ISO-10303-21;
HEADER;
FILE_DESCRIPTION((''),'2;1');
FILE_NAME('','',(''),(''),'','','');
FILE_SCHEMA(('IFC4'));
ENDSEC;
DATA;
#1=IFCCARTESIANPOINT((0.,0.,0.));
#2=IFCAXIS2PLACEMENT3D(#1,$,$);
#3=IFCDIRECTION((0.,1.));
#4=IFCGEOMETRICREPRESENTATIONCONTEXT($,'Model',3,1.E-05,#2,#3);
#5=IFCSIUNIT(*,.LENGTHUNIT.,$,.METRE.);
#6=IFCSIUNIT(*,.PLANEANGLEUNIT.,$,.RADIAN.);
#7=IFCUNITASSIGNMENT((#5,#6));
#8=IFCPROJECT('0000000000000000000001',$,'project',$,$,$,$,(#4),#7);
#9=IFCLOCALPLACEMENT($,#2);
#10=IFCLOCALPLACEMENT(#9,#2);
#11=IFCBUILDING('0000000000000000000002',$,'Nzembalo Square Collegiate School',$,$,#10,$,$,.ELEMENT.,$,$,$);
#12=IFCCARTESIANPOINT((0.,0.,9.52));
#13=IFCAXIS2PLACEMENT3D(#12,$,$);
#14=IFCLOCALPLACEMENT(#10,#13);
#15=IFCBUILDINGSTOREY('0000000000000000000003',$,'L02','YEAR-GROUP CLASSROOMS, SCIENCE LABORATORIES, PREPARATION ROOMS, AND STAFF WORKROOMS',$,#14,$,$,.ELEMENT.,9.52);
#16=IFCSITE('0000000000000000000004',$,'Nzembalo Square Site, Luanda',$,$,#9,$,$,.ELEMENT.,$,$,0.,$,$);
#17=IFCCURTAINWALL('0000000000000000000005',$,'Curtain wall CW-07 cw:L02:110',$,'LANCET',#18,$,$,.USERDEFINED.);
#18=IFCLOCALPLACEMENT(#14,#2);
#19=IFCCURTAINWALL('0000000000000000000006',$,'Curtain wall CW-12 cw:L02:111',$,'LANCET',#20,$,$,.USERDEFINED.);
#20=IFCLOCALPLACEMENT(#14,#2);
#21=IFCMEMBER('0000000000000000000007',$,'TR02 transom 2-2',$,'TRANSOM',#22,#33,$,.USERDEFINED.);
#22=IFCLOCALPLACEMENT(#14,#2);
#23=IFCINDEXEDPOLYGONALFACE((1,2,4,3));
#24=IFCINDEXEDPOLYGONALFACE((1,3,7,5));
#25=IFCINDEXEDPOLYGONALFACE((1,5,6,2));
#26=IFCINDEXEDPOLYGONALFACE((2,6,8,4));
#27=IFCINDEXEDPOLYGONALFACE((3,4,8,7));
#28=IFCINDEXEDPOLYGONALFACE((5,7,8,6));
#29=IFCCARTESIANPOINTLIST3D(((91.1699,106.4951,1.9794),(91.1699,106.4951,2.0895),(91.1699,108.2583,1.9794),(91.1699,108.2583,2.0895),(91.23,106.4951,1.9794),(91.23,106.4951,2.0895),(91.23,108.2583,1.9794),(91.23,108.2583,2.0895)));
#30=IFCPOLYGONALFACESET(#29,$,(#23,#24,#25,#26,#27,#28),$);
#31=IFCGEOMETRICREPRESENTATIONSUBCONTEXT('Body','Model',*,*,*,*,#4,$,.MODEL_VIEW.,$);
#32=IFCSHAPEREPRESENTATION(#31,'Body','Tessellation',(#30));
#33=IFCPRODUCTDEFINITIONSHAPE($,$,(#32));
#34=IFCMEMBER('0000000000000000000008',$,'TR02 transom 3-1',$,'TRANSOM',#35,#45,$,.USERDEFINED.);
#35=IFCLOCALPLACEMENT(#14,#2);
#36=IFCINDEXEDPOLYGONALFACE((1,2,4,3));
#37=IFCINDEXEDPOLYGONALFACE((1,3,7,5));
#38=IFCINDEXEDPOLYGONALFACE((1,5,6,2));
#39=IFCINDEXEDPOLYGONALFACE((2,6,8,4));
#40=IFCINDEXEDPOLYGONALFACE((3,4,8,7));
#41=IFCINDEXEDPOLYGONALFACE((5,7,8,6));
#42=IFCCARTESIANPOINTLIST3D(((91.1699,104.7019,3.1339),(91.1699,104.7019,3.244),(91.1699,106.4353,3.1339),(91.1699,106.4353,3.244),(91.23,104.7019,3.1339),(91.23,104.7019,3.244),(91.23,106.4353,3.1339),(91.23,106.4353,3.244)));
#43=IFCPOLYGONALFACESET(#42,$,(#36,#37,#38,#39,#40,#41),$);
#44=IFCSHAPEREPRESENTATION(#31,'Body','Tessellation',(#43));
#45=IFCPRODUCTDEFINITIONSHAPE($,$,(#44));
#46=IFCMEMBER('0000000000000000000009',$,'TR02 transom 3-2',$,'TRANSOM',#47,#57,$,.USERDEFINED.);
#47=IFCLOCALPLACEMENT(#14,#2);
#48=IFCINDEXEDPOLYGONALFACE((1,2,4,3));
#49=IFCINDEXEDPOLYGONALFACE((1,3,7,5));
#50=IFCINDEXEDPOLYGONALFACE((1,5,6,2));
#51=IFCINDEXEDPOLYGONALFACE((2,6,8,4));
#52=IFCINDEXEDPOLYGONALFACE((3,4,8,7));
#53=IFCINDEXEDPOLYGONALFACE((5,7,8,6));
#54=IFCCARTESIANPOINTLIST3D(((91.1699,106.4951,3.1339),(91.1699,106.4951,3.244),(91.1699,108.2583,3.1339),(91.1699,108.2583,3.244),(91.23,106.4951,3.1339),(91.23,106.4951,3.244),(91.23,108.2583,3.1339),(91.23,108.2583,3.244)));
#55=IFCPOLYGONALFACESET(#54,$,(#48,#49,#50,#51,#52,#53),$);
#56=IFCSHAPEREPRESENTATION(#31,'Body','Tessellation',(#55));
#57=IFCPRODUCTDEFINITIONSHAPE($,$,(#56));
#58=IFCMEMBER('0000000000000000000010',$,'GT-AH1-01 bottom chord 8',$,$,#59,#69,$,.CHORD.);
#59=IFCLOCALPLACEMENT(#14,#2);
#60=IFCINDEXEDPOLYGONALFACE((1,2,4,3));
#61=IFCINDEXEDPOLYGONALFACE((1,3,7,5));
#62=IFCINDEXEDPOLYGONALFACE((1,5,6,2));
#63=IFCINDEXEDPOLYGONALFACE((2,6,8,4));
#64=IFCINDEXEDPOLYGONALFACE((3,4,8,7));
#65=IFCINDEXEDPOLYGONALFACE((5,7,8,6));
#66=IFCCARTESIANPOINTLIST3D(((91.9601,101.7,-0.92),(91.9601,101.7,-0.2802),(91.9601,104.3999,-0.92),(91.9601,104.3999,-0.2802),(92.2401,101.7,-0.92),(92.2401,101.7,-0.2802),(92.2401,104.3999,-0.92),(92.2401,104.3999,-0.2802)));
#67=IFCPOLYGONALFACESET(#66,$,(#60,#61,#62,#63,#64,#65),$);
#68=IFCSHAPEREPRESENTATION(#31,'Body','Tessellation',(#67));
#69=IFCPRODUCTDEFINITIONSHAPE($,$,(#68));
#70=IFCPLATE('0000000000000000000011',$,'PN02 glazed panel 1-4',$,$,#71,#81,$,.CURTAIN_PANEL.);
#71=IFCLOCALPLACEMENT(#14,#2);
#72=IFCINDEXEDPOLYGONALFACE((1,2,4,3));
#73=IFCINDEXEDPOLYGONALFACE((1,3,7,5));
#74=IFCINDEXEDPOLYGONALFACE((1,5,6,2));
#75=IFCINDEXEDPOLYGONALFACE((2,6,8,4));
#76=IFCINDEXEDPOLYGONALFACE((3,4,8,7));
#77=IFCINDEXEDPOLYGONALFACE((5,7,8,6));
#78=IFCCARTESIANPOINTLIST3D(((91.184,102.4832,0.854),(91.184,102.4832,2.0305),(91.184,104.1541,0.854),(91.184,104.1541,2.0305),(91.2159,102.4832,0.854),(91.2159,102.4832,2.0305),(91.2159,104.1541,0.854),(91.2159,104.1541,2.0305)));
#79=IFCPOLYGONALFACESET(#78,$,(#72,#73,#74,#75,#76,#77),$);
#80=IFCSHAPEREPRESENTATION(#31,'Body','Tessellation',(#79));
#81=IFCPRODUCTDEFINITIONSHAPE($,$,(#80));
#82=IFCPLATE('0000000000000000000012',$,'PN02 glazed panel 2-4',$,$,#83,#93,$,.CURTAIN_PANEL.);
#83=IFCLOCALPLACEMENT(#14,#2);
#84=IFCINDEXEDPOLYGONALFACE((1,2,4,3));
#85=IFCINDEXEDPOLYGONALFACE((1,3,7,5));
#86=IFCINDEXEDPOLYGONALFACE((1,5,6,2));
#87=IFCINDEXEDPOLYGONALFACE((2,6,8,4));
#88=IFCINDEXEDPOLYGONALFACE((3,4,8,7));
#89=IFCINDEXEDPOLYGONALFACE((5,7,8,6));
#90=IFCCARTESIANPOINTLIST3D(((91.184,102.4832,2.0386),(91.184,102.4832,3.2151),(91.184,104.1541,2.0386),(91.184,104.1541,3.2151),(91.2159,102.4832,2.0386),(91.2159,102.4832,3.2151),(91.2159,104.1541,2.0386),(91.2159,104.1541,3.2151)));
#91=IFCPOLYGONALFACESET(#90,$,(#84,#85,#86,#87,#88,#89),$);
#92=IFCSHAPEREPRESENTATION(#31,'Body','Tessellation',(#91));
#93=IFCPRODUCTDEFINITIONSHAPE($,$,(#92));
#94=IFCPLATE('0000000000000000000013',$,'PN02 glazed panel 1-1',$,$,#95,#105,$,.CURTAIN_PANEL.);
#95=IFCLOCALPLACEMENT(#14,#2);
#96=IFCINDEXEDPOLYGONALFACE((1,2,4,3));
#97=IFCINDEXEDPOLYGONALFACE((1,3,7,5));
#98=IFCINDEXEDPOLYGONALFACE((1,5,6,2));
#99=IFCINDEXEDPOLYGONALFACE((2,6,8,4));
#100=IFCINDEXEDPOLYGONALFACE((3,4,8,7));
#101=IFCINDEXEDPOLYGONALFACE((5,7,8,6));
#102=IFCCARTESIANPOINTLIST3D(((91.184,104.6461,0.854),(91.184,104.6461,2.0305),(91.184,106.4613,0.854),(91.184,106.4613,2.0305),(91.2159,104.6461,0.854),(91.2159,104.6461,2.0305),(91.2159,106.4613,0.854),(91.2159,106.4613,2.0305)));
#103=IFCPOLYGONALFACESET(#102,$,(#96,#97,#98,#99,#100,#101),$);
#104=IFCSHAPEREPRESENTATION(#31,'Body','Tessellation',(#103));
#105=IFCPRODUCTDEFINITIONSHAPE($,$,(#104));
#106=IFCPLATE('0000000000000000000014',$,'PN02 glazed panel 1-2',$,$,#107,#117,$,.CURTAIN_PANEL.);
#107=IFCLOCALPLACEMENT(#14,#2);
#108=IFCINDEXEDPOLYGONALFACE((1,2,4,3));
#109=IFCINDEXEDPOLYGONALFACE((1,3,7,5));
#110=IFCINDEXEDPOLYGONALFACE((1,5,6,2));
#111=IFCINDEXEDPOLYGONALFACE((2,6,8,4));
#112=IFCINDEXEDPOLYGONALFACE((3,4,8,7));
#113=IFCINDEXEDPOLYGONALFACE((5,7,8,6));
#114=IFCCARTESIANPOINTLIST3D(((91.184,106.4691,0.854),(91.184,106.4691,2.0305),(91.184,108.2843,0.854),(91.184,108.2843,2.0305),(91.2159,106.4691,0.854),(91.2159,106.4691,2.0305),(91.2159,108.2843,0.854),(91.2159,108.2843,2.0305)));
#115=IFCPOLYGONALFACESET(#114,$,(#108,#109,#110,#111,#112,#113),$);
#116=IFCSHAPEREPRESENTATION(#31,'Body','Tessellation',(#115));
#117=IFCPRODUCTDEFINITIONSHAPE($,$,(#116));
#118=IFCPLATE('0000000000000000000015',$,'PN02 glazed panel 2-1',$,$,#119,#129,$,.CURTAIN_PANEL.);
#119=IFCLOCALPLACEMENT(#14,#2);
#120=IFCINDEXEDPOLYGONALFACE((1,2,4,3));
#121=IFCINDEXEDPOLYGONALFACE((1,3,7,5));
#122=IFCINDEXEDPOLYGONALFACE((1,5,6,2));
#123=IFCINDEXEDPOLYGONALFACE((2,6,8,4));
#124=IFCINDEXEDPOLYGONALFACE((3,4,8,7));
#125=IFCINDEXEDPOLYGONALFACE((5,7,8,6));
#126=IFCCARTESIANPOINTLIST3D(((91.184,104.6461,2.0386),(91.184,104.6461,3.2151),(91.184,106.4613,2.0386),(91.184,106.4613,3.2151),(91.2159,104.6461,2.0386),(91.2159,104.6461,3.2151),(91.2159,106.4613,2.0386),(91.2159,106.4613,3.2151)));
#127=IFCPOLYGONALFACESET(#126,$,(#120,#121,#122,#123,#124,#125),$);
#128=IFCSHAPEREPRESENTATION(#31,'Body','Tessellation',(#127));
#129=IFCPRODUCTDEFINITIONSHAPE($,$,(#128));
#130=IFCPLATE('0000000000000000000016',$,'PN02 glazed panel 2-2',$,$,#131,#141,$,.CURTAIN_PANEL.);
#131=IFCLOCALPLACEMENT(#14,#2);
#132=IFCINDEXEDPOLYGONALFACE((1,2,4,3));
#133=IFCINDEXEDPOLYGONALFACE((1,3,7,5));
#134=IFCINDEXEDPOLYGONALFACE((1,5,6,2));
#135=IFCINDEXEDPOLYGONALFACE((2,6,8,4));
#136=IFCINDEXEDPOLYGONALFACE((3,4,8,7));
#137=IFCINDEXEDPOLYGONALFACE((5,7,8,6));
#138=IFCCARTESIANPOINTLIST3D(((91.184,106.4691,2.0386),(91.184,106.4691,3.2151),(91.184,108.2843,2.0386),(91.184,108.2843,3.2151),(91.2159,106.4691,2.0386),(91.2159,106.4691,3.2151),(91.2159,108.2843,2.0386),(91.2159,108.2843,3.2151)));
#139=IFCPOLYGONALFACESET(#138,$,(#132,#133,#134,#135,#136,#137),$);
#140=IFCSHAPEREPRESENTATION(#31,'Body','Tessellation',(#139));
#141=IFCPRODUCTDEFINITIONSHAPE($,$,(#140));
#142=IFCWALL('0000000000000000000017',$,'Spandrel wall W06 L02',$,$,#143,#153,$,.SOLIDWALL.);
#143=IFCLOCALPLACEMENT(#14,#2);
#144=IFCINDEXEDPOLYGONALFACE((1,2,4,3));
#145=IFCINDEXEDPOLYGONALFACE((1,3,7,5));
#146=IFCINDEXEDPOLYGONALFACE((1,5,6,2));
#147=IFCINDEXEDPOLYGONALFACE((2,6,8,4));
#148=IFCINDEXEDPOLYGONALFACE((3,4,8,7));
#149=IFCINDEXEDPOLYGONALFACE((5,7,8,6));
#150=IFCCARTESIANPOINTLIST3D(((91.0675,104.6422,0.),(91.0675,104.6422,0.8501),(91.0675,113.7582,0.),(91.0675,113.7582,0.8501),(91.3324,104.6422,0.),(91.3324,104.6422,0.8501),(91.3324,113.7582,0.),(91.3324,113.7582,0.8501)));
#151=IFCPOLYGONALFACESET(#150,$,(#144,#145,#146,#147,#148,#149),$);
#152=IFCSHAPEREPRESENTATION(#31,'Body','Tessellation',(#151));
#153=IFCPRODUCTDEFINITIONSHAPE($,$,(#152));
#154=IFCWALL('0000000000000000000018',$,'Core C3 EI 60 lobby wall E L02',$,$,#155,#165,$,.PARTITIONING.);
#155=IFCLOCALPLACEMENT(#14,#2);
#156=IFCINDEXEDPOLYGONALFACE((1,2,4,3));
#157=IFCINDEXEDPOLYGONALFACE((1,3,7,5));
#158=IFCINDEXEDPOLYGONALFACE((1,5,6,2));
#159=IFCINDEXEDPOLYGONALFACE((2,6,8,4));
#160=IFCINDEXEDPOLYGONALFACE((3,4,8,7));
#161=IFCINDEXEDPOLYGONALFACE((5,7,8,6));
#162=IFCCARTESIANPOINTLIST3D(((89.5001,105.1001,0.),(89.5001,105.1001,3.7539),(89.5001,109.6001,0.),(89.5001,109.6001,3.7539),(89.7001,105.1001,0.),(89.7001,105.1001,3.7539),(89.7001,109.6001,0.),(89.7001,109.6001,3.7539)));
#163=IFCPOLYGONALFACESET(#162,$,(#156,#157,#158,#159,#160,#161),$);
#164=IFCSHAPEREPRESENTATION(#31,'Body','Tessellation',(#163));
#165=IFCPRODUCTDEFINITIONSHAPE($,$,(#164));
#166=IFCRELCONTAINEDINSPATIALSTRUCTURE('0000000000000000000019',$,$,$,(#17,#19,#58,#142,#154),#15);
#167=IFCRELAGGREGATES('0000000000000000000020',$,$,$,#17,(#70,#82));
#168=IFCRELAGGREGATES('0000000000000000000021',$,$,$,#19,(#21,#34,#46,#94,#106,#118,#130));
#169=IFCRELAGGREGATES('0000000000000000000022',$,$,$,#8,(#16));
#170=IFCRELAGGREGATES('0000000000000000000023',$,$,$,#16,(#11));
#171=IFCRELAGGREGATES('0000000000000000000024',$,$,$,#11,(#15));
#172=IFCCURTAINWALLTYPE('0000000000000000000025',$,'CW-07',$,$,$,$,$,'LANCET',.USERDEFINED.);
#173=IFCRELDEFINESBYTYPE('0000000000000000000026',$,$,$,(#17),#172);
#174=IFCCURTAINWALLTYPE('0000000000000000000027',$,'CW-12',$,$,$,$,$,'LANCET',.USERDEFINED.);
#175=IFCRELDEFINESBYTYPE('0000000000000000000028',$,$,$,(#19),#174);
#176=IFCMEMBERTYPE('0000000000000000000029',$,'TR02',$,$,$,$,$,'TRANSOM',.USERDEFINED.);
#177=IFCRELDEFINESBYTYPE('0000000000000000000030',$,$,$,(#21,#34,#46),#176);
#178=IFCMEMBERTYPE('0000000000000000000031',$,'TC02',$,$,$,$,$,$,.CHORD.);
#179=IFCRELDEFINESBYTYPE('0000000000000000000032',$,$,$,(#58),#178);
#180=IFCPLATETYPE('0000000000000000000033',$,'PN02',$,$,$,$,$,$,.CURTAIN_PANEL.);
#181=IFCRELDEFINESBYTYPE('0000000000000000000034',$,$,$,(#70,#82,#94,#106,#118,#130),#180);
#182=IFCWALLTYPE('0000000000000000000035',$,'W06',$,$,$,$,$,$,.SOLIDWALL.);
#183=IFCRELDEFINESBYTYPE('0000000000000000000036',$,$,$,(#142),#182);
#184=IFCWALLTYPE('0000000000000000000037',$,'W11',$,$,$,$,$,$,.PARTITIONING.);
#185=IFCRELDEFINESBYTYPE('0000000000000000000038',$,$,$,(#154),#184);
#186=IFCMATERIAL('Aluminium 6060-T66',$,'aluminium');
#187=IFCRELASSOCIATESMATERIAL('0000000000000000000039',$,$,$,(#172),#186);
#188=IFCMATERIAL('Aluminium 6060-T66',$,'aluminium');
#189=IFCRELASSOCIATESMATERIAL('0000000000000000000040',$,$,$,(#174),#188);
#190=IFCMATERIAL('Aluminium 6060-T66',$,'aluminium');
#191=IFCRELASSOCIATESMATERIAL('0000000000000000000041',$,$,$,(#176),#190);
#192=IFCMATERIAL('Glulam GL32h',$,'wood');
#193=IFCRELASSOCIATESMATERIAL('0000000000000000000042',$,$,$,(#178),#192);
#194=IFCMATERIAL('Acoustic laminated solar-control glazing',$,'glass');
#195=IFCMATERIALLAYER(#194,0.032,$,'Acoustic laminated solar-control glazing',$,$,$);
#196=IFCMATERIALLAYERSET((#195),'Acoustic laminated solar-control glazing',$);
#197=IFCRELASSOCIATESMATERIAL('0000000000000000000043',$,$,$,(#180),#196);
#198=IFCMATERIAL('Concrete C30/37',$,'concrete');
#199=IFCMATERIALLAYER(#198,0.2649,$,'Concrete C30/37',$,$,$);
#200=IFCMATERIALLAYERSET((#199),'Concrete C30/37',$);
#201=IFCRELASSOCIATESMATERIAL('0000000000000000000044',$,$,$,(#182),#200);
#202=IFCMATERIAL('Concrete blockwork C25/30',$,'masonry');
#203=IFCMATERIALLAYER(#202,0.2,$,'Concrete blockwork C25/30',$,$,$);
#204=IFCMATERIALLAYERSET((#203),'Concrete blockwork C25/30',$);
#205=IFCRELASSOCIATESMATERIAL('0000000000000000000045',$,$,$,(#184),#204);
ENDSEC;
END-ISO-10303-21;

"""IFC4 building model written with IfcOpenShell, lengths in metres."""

from ifc_helpers import new_model, si_unit, direction, frame, frame_2d, origin, origin_2d, place, context, subcontext, project, spatial, rectangle, extrude, material, layer, layer_set, material_profile, profile_set, type_object, element, aggregate, save


model = new_model("IFC4")

# Units and contexts
model_context = context("Model", 3, precision=1e-05, world=origin(), true_north=direction((0.0, 1.0)))
body_context = subcontext(model_context, "Body", "Model", "MODEL_VIEW")
ifc_project = project(units=[si_unit("LENGTHUNIT", "METRE"), si_unit("PLANEANGLEUNIT", "RADIAN")], contexts=[model_context])

# Site, building, storey
site_placement = place(None, origin())
site = spatial("IfcSite", under=ifc_project, at=site_placement, Name="Nzembalo Square Site, Luanda", CompositionType="ELEMENT", RefElevation=0.0)
building_placement = place(site_placement, origin())
building = spatial("IfcBuilding", under=site, at=building_placement, Name="Nzembalo Square Collegiate School", CompositionType="ELEMENT")
storey_placement = place(building_placement, frame((0.0, 0.0, 9.52)))
storey = spatial("IfcBuildingStorey", under=building, at=storey_placement, Name="L02", Description="YEAR-GROUP CLASSROOMS, SCIENCE LABORATORIES, PREPARATION ROOMS, AND STAFF WORKROOMS", CompositionType="ELEMENT", Elevation=9.52)

# Curtain walls
ifc_material_1 = material(Name="Aluminium 6060-T66", Category="aluminium")
curtain_wall_type_1 = type_object("IfcCurtainWallType", Name="CW-07", ElementType="LANCET", PredefinedType="USERDEFINED", material=ifc_material_1)
curtain_wall_1_placement = place(storey_placement, origin())
curtain_wall_1 = element("IfcCurtainWall", 1, at=curtain_wall_1_placement, inside=storey, type_object=curtain_wall_type_1, Name="Curtain wall CW-07 cw:L02:110", ObjectType="LANCET", PredefinedType="USERDEFINED")
ifc_material_2 = material(Name="Aluminium 6060-T66", Category="aluminium")
curtain_wall_type_2 = type_object("IfcCurtainWallType", Name="CW-12", ElementType="LANCET", PredefinedType="USERDEFINED", material=ifc_material_2)
curtain_wall_2_placement = place(storey_placement, origin())
curtain_wall_2 = element("IfcCurtainWall", 2, at=curtain_wall_2_placement, inside=storey, type_object=curtain_wall_type_2, Name="Curtain wall CW-12 cw:L02:111", ObjectType="LANCET", PredefinedType="USERDEFINED")

# Members
ifc_material_3 = material(Name="Aluminium 6060-T66", Category="aluminium")
ifc_material_profile_1 = material_profile(ifc_material_3, rectangle(XDim=0.0601, YDim=0.1101, at=origin_2d()), Name="ALU T60x110")
ifc_profile_set_1 = profile_set([ifc_material_profile_1], Name="Aluminium 6060-T66")
member_type_1 = type_object("IfcMemberType", Name="TR02", ElementType="TRANSOM", PredefinedType="USERDEFINED", material=ifc_profile_set_1)
member_1_placement = place(storey_placement, frame((91.2, 106.4951, 2.0344), z_axis=(0.0, 1.0, 0.0), x_axis=(-1.0, 0.0, 0.0)))
member_1 = element("IfcMember", 3, at=member_1_placement, type_object=member_type_1, Name="TR02 transom 2-2", ObjectType="TRANSOM", PredefinedType="USERDEFINED", context=body_context, shape_type="SweptSolid", body=[
    extrude(rectangle(XDim=0.0601, YDim=0.1101, at=origin_2d()), origin(), (0.0, 0.0, 1.0), 1.7632),
])
member_2_placement = place(storey_placement, frame((91.2, 104.7019, 3.189), z_axis=(0.0, 1.0, 0.0), x_axis=(-1.0, 0.0, 0.0)))
member_2 = element("IfcMember", 4, at=member_2_placement, type_object=member_type_1, Name="TR02 transom 3-1", ObjectType="TRANSOM", PredefinedType="USERDEFINED", context=body_context, shape_type="SweptSolid", body=[
    extrude(rectangle(XDim=0.0601, YDim=0.1101, at=origin_2d()), origin(), (0.0, 0.0, 1.0), 1.7334),
])
member_3_placement = place(storey_placement, frame((91.2, 106.4951, 3.189), z_axis=(0.0, 1.0, 0.0), x_axis=(-1.0, 0.0, 0.0)))
member_3 = element("IfcMember", 5, at=member_3_placement, type_object=member_type_1, Name="TR02 transom 3-2", ObjectType="TRANSOM", PredefinedType="USERDEFINED", context=body_context, shape_type="SweptSolid", body=[
    extrude(rectangle(XDim=0.0601, YDim=0.1101, at=origin_2d()), origin(), (0.0, 0.0, 1.0), 1.7632),
])
ifc_material_4 = material(Name="Glulam GL32h", Category="wood")
ifc_material_profile_2 = material_profile(ifc_material_4, rectangle(XDim=0.28, YDim=0.6399, at=origin_2d()), Name="GL32h 280x640")
ifc_profile_set_2 = profile_set([ifc_material_profile_2], Name="Glulam GL32h")
member_type_2 = type_object("IfcMemberType", Name="TC02", PredefinedType="CHORD", material=ifc_profile_set_2)
member_4_placement = place(storey_placement, frame((92.1001, 101.7, -0.6001), z_axis=(0.0, 1.0, 0.0), x_axis=(-1.0, 0.0, 0.0)))
element("IfcMember", 6, at=member_4_placement, inside=storey, type_object=member_type_2, Name="GT-AH1-01 bottom chord 8", PredefinedType="CHORD", context=body_context, shape_type="SweptSolid", body=[
    extrude(rectangle(XDim=0.28, YDim=0.6399, at=origin_2d()), origin(), (0.0, 0.0, 1.0), 2.7),
])

# Plates
ifc_material_5 = material(Name="Acoustic laminated solar-control glazing", Category="glass")
ifc_layer_1 = layer(ifc_material_5, 0.032, Name="Acoustic laminated solar-control glazing")
ifc_layer_set_1 = layer_set([ifc_layer_1], Name="Acoustic laminated solar-control glazing")
plate_type = type_object("IfcPlateType", Name="PN02", PredefinedType="CURTAIN_PANEL", material=ifc_layer_set_1)
plate_1_placement = place(storey_placement, frame((91.2, 103.3186, 0.854), z_axis=(0.0, 0.0, 1.0), x_axis=(0.0, 1.0, 0.0)))
plate_1 = element("IfcPlate", 7, at=plate_1_placement, type_object=plate_type, Name="PN02 glazed panel 1-4", PredefinedType="CURTAIN_PANEL", context=body_context, shape_type="SweptSolid", body=[
    extrude(rectangle(XDim=1.6709, YDim=0.032, at=origin_2d()), origin(), (0.0, 0.0, 1.0), 1.1765),
])
plate_2_placement = place(storey_placement, frame((91.2, 103.3186, 2.0386), z_axis=(0.0, 0.0, 1.0), x_axis=(0.0, 1.0, 0.0)))
plate_2 = element("IfcPlate", 8, at=plate_2_placement, type_object=plate_type, Name="PN02 glazed panel 2-4", PredefinedType="CURTAIN_PANEL", context=body_context, shape_type="SweptSolid", body=[
    extrude(rectangle(XDim=1.6709, YDim=0.032, at=origin_2d()), origin(), (0.0, 0.0, 1.0), 1.1765),
])
aggregate(curtain_wall_1, [plate_1, plate_2])
plate_3_placement = place(storey_placement, frame((91.2, 105.5537, 0.854), z_axis=(0.0, 0.0, 1.0), x_axis=(0.0, 1.0, 0.0)))
plate_3 = element("IfcPlate", 9, at=plate_3_placement, type_object=plate_type, Name="PN02 glazed panel 1-1", PredefinedType="CURTAIN_PANEL", context=body_context, shape_type="SweptSolid", body=[
    extrude(rectangle(XDim=1.8152, YDim=0.032, at=origin_2d()), origin(), (0.0, 0.0, 1.0), 1.1765),
])
plate_4_placement = place(storey_placement, frame((91.2, 107.3767, 0.854), z_axis=(0.0, 0.0, 1.0), x_axis=(0.0, 1.0, 0.0)))
plate_4 = element("IfcPlate", 10, at=plate_4_placement, type_object=plate_type, Name="PN02 glazed panel 1-2", PredefinedType="CURTAIN_PANEL", context=body_context, shape_type="SweptSolid", body=[
    extrude(rectangle(XDim=1.8152, YDim=0.032, at=origin_2d()), origin(), (0.0, 0.0, 1.0), 1.1765),
])
plate_5_placement = place(storey_placement, frame((91.2, 105.5537, 2.0386), z_axis=(0.0, 0.0, 1.0), x_axis=(0.0, 1.0, 0.0)))
plate_5 = element("IfcPlate", 11, at=plate_5_placement, type_object=plate_type, Name="PN02 glazed panel 2-1", PredefinedType="CURTAIN_PANEL", context=body_context, shape_type="SweptSolid", body=[
    extrude(rectangle(XDim=1.8152, YDim=0.032, at=origin_2d()), origin(), (0.0, 0.0, 1.0), 1.1765),
])
plate_6_placement = place(storey_placement, frame((91.2, 107.3767, 2.0386), z_axis=(0.0, 0.0, 1.0), x_axis=(0.0, 1.0, 0.0)))
plate_6 = element("IfcPlate", 12, at=plate_6_placement, type_object=plate_type, Name="PN02 glazed panel 2-2", PredefinedType="CURTAIN_PANEL", context=body_context, shape_type="SweptSolid", body=[
    extrude(rectangle(XDim=1.8152, YDim=0.032, at=origin_2d()), origin(), (0.0, 0.0, 1.0), 1.1765),
])
aggregate(curtain_wall_2, [member_1, member_2, member_3, plate_3, plate_4, plate_5, plate_6])

# Walls
ifc_material_6 = material(Name="Concrete C30/37", Category="concrete")
ifc_layer_2 = layer(ifc_material_6, 0.2649, Name="Concrete C30/37")
ifc_layer_set_2 = layer_set([ifc_layer_2], Name="Concrete C30/37")
wall_type_1 = type_object("IfcWallType", Name="W06", PredefinedType="SOLIDWALL", material=ifc_layer_set_2)
wall_1_placement = place(storey_placement, frame((91.2, 104.6421, 0.0), z_axis=(0.0, 0.0, 1.0), x_axis=(0.0, 1.0, 0.0)))
element("IfcWall", 13, at=wall_1_placement, inside=storey, type_object=wall_type_1, Name="Spandrel wall W06 L02", PredefinedType="SOLIDWALL", context=body_context, shape_type="SweptSolid", body=[
    extrude(rectangle(XDim=9.116, YDim=0.2649, at=frame_2d((4.5581, 0.0))), origin(), (0.0, 0.0, 1.0), 0.8501),
])
ifc_material_7 = material(Name="Concrete blockwork C25/30", Category="masonry")
ifc_layer_3 = layer(ifc_material_7, 0.2, Name="Concrete blockwork C25/30")
ifc_layer_set_3 = layer_set([ifc_layer_3], Name="Concrete blockwork C25/30")
wall_type_2 = type_object("IfcWallType", Name="W11", PredefinedType="PARTITIONING", material=ifc_layer_set_3)
wall_2_placement = place(storey_placement, frame((89.6001, 105.1001, 0.0), z_axis=(0.0, 0.0, 1.0), x_axis=(0.0, 1.0, 0.0)))
element("IfcWall", 14, at=wall_2_placement, inside=storey, type_object=wall_type_2, Name="Core C3 EI 60 lobby wall E L02", PredefinedType="PARTITIONING", context=body_context, shape_type="SweptSolid", body=[
    extrude(rectangle(XDim=4.5, YDim=0.2, at=frame_2d((2.25, 0.0))), origin(), (0.0, 0.0, 1.0), 3.7539),
])

save(model, "model.ifc")
